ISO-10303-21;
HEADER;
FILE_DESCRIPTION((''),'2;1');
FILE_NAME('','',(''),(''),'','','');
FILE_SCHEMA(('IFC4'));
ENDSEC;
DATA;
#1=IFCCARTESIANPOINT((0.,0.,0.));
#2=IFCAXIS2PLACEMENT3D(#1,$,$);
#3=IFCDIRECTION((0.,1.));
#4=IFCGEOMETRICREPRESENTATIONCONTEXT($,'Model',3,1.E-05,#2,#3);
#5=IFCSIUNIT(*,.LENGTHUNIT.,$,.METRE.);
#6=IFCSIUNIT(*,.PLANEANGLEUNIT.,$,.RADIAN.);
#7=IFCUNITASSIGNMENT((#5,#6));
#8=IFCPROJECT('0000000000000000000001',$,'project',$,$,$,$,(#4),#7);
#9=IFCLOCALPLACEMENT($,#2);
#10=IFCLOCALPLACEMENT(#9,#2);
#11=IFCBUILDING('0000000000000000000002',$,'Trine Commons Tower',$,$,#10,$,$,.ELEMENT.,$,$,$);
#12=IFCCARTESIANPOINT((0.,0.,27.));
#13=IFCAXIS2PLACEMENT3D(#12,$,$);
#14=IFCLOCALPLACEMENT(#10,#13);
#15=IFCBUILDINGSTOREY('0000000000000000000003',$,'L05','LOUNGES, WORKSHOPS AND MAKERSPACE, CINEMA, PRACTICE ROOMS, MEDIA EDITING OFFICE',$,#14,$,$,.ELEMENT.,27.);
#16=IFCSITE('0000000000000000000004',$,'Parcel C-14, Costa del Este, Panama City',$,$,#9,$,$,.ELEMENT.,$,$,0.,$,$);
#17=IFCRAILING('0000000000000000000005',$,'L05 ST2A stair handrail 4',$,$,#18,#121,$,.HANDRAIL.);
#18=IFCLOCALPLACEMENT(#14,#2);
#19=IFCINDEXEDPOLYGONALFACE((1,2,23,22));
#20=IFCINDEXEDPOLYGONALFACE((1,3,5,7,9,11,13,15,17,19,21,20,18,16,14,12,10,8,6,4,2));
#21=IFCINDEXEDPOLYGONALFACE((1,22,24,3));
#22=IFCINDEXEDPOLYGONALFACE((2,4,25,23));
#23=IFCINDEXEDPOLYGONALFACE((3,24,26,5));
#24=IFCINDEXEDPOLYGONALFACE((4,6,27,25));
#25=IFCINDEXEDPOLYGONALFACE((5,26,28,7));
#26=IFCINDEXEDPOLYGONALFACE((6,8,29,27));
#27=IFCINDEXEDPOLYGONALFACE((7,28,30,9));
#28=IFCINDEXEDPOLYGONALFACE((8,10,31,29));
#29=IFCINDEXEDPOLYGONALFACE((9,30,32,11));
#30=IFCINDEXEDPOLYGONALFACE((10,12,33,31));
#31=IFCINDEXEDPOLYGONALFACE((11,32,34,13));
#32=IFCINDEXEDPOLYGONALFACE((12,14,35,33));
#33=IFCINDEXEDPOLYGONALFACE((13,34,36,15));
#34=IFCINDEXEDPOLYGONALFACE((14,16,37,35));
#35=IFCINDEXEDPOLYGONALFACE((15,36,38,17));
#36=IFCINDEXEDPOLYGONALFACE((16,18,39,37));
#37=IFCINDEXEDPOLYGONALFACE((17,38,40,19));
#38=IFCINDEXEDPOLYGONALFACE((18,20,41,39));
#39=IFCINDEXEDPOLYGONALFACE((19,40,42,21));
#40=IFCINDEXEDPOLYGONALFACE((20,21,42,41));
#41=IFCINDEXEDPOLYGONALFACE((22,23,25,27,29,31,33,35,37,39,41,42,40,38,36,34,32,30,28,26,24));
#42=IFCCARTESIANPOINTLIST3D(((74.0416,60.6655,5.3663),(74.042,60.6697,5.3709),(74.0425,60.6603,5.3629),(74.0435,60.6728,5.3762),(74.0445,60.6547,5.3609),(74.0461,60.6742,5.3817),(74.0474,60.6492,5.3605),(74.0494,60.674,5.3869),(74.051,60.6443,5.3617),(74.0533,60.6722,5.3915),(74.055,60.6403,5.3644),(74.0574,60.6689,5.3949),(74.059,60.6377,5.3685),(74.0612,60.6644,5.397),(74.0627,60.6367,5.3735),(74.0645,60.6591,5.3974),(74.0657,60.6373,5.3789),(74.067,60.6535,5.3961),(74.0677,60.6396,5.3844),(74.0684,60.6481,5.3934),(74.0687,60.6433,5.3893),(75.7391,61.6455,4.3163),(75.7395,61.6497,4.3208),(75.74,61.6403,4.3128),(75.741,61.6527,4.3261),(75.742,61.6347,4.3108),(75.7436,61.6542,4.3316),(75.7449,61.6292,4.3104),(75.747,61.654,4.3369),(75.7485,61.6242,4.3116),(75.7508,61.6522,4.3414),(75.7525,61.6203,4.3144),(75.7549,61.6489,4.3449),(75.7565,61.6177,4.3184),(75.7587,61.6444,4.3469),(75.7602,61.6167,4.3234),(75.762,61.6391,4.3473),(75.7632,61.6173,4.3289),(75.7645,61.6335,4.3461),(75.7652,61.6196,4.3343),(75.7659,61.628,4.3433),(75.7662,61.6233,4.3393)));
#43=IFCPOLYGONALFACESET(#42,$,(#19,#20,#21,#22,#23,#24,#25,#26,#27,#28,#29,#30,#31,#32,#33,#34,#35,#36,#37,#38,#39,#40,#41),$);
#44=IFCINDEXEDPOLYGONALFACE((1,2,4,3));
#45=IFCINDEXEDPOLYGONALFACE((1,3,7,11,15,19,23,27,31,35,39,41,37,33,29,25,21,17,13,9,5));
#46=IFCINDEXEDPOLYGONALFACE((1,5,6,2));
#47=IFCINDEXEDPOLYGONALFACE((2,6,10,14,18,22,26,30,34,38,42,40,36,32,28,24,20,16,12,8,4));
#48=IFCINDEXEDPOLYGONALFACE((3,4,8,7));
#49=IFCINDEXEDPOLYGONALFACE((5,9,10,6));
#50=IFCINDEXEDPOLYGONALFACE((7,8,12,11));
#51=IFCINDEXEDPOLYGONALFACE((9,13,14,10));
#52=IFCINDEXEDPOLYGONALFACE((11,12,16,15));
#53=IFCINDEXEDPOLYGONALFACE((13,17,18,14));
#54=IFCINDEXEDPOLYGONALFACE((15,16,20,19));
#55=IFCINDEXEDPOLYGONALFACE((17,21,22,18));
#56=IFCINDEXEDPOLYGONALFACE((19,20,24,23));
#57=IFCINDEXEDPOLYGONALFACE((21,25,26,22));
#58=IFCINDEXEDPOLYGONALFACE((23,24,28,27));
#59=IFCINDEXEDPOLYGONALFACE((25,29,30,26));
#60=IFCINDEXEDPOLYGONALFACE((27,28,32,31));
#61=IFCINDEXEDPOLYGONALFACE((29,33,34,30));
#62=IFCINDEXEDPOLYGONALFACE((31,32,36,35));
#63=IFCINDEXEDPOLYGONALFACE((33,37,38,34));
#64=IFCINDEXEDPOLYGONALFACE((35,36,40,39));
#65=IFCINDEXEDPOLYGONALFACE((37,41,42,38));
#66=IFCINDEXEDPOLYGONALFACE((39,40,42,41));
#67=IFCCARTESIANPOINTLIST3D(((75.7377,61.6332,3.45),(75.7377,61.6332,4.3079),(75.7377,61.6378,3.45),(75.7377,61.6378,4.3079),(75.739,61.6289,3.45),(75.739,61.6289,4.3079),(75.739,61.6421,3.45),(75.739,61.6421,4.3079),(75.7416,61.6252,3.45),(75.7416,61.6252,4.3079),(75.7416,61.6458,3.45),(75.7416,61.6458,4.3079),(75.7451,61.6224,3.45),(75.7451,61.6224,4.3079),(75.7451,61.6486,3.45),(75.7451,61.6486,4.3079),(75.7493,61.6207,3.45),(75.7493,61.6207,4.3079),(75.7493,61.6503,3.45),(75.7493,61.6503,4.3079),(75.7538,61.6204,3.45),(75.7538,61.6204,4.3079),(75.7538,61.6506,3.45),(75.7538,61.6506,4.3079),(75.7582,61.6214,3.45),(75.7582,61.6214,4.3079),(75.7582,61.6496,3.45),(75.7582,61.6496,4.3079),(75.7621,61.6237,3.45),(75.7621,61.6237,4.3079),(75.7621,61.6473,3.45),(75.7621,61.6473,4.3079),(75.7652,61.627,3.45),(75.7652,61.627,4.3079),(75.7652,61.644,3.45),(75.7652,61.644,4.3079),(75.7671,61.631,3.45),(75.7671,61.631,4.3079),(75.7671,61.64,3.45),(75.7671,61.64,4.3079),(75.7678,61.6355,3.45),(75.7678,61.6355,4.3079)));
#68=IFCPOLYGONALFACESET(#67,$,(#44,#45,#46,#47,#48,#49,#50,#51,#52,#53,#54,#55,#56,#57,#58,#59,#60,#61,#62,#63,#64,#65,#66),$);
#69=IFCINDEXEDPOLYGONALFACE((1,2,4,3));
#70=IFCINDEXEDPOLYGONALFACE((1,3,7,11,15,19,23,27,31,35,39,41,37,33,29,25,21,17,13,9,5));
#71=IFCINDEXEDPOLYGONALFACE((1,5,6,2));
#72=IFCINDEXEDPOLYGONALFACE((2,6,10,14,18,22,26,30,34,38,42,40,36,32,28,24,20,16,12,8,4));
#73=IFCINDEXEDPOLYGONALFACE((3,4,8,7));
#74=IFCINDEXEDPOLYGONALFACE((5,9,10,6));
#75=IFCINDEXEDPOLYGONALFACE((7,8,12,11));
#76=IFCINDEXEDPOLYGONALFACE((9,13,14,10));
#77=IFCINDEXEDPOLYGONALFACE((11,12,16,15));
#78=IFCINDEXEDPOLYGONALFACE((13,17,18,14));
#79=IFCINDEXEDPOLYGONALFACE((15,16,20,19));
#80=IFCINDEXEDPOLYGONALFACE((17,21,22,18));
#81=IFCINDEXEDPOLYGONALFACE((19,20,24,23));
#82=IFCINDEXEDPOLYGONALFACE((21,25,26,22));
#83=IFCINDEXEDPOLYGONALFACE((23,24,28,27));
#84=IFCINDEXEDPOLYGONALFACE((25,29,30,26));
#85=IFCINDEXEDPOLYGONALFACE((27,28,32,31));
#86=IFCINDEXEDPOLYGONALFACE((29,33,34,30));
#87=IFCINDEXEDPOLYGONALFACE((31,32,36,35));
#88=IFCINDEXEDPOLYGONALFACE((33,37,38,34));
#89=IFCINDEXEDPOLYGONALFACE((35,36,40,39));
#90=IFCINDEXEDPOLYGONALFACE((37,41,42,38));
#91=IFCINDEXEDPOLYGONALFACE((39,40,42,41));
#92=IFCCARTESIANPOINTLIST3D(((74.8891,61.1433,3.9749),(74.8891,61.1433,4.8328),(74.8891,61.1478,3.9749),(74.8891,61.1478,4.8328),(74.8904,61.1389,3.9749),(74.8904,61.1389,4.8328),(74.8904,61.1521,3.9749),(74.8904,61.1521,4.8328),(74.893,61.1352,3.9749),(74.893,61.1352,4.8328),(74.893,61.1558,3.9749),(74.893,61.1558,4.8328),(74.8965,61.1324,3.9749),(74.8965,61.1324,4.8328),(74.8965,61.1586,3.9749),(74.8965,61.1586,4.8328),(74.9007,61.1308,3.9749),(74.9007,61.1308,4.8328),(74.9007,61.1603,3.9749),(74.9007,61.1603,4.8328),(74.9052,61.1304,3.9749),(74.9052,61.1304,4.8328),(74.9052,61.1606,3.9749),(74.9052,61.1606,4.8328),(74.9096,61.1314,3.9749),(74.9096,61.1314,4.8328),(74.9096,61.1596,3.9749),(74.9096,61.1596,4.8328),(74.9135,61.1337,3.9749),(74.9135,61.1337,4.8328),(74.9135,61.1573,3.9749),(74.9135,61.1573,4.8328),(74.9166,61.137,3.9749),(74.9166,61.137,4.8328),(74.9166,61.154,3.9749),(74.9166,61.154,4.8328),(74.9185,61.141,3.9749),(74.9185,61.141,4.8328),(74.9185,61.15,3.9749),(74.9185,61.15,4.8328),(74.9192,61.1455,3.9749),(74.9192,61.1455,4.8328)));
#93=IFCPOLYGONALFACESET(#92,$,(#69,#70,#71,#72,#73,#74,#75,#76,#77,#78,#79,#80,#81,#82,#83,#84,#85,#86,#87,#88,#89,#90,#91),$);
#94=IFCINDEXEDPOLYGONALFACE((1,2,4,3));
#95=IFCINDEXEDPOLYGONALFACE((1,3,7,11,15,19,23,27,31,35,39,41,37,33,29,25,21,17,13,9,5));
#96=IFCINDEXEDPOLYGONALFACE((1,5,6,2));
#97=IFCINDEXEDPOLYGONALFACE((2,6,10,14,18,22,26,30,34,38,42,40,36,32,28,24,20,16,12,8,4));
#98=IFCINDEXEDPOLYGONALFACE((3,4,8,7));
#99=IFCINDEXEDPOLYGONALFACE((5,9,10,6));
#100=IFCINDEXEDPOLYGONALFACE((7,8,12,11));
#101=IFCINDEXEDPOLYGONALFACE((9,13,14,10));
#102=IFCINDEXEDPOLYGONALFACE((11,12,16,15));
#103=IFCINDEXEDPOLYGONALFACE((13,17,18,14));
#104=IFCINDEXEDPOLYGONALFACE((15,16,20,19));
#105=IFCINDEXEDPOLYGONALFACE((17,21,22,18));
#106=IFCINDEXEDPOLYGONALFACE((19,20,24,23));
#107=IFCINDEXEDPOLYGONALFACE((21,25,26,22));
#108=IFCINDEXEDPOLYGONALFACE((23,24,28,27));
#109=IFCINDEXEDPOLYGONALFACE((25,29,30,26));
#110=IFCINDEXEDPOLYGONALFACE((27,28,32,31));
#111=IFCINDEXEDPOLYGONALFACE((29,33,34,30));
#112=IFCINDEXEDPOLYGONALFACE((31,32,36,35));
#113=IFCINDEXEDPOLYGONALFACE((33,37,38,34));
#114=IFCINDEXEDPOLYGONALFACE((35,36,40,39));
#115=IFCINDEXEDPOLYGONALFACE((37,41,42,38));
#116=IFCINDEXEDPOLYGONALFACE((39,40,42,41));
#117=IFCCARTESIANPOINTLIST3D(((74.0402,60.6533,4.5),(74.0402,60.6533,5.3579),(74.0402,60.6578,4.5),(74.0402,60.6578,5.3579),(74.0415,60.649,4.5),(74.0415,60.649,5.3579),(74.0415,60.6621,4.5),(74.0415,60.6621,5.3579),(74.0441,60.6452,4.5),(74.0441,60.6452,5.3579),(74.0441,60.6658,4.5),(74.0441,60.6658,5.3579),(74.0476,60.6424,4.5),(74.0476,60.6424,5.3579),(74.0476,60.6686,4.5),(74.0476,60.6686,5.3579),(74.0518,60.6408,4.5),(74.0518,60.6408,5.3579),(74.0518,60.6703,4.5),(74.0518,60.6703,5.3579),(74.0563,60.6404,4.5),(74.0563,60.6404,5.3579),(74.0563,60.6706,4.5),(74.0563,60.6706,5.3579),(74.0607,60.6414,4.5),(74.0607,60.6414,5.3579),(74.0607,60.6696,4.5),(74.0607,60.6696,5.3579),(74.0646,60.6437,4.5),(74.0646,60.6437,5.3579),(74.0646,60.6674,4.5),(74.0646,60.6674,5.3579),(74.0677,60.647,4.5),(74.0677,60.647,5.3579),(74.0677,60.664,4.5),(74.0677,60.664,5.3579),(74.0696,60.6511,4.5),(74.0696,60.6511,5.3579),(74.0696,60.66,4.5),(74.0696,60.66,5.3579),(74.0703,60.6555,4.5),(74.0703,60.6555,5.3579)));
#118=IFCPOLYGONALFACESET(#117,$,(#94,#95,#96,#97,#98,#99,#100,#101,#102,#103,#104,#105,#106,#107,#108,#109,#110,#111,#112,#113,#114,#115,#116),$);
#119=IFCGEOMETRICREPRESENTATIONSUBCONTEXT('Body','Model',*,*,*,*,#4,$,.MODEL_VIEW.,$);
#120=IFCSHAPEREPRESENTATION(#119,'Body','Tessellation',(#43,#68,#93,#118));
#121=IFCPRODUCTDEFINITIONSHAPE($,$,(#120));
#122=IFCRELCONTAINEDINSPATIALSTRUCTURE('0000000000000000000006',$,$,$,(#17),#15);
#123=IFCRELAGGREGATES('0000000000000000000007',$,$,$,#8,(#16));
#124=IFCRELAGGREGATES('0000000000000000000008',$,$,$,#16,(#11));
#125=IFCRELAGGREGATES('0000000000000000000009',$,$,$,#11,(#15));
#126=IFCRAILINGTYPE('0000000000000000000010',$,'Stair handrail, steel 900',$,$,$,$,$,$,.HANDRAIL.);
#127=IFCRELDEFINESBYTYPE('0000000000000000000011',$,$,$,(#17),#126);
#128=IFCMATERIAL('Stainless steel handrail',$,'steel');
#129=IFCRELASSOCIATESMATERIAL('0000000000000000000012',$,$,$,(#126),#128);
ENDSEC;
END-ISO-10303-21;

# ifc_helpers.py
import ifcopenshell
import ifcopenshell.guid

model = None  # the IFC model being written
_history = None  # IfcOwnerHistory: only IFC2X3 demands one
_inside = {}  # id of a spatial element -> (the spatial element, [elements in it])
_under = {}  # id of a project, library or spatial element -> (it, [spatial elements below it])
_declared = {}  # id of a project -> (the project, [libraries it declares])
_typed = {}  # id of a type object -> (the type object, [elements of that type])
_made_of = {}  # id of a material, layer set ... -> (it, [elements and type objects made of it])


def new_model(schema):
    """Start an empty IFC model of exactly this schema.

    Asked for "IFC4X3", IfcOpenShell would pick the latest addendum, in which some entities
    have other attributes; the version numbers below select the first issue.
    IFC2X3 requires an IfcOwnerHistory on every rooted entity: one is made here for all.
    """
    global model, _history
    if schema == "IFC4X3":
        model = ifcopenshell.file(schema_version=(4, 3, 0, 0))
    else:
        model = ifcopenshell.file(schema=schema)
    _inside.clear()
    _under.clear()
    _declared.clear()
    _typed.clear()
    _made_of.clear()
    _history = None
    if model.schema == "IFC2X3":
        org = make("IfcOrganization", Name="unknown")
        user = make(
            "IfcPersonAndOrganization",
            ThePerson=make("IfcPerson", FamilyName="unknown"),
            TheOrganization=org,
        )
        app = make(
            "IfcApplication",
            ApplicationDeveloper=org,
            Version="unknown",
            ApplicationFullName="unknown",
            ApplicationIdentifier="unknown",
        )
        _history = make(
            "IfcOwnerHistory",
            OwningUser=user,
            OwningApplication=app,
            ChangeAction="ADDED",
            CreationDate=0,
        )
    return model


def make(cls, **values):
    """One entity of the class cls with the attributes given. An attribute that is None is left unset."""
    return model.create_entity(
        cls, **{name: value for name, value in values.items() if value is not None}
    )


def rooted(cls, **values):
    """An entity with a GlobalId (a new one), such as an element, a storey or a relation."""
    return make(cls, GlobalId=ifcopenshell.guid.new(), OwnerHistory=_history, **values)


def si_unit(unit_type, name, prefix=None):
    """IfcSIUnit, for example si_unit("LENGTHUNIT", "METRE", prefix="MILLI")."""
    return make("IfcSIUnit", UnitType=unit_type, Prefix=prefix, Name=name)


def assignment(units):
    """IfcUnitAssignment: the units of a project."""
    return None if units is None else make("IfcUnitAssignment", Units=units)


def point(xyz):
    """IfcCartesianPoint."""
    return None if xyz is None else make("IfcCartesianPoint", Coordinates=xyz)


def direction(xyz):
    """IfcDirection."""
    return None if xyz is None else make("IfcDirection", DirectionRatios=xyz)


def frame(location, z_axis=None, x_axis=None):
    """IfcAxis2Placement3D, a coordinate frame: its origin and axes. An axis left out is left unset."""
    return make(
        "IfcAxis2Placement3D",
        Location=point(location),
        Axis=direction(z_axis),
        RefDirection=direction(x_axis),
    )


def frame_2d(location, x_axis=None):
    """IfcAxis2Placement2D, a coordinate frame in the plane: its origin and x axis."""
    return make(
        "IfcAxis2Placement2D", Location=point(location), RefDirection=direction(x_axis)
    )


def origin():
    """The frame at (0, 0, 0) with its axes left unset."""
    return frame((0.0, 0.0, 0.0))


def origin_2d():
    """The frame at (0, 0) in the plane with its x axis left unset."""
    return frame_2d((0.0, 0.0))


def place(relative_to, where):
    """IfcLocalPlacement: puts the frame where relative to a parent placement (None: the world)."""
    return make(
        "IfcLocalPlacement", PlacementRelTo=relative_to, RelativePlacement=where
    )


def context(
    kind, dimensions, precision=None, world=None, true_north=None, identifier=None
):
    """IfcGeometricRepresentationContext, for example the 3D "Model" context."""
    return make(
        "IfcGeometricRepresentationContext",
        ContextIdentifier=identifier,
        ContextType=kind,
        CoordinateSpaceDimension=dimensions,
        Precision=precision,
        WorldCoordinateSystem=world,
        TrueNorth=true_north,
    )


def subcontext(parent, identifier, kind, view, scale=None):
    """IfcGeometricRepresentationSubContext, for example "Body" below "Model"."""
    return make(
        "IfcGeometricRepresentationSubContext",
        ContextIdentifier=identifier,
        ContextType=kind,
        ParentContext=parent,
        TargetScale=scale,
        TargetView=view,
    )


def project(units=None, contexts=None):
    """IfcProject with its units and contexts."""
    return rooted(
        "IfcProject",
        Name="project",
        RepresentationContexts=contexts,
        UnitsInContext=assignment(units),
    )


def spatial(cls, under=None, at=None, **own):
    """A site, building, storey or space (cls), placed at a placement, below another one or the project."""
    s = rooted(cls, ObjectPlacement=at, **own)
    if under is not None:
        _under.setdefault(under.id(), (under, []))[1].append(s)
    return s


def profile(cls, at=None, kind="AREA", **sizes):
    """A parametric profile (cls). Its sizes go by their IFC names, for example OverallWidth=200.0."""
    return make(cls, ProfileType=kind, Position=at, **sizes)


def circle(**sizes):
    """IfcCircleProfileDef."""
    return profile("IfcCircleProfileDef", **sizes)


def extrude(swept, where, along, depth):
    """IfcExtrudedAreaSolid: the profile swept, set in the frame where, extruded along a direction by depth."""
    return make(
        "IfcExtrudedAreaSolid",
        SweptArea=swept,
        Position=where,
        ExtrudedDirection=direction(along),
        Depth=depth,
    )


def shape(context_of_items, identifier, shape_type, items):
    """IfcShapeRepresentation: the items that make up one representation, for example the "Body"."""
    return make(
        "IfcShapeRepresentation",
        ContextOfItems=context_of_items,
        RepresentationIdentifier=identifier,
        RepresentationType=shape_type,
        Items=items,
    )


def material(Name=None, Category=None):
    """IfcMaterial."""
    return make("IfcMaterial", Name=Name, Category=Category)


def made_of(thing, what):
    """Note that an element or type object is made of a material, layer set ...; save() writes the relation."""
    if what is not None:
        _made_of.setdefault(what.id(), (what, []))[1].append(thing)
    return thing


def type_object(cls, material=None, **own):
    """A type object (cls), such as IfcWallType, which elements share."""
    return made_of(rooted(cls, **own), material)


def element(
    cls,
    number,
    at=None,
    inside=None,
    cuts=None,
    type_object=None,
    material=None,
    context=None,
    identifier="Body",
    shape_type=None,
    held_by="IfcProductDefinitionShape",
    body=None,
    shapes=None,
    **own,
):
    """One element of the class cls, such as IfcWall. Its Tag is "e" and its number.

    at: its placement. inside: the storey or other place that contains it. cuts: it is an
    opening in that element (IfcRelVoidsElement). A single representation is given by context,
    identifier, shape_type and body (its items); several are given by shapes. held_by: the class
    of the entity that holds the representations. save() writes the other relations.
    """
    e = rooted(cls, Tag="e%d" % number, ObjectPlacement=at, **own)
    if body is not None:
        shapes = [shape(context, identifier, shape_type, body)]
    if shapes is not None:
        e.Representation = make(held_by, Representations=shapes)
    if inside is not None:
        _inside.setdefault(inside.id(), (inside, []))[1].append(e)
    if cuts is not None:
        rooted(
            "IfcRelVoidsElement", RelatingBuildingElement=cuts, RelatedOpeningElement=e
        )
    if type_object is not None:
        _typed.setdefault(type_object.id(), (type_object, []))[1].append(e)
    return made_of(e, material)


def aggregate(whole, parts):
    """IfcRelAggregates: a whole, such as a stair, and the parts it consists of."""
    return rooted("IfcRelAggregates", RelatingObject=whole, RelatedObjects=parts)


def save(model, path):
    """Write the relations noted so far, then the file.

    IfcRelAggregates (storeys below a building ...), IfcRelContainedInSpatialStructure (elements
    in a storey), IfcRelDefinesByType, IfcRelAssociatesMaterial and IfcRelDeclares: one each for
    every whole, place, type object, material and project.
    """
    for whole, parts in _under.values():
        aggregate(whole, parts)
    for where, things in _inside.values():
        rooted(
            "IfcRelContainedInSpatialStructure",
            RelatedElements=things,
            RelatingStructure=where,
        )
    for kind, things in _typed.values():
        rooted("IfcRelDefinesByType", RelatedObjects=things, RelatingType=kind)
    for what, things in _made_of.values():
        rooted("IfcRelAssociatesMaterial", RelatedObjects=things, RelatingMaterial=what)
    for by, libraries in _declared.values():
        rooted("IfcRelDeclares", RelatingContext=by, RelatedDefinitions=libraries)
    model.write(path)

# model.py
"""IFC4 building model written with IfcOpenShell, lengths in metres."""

from ifc_helpers import new_model, si_unit, direction, frame, origin, origin_2d, place, context, subcontext, project, spatial, circle, extrude, material, type_object, element, save


model = new_model("IFC4")

# Units and contexts
model_context = context("Model", 3, precision=1e-05, world=origin(), true_north=direction((0.0, 1.0)))
body_context = subcontext(model_context, "Body", "Model", "MODEL_VIEW")
ifc_project = project(units=[si_unit("LENGTHUNIT", "METRE"), si_unit("PLANEANGLEUNIT", "RADIAN")], contexts=[model_context])

# Site, building, storey
site_placement = place(None, origin())
site = spatial("IfcSite", under=ifc_project, at=site_placement, Name="Parcel C-14, Costa del Este, Panama City", CompositionType="ELEMENT", RefElevation=0.0)
building_placement = place(site_placement, origin())
building = spatial("IfcBuilding", under=site, at=building_placement, Name="Trine Commons Tower", CompositionType="ELEMENT")
storey_placement = place(building_placement, frame((0.0, 0.0, 27.0)))
storey = spatial("IfcBuildingStorey", under=building, at=storey_placement, Name="L05", Description="LOUNGES, WORKSHOPS AND MAKERSPACE, CINEMA, PRACTICE ROOMS, MEDIA EDITING OFFICE", CompositionType="ELEMENT", Elevation=27.0)

# Railing
ifc_material_1 = material(Name="Stainless steel handrail", Category="steel")
railing_type_1 = type_object("IfcRailingType", Name="Stair handrail, steel 900", PredefinedType="HANDRAIL", material=ifc_material_1)
railing_1_placement = place(storey_placement, frame((75.7527, 61.6355, 3.45)))
element("IfcRailing", 1, at=railing_1_placement, inside=storey, type_object=railing_type_1, Name="L05 ST2A stair handrail 4", PredefinedType="HANDRAIL", context=body_context, shape_type="SweptSolid", body=[
    extrude(circle(Radius=0.021, at=origin_2d()), frame((0.0, 0.0, 0.8789), z_axis=(-0.763398, -0.440713, 0.472224), x_axis=(0.49997, -0.866042, 0.0)), (0.0, 0.0, 1.0), 2.2236),
    extrude(circle(Radius=0.0151, at=origin_2d()), origin(), (0.0, 0.0, 1.0), 0.8579),
    extrude(circle(Radius=0.0151, at=origin_2d()), frame((-0.8486, -0.49, 0.5249)), (0.0, 0.0, 1.0), 0.8579),
    extrude(circle(Radius=0.0151, at=origin_2d()), frame((-1.6975, -0.98, 1.05)), (0.0, 0.0, 1.0), 0.8579),
])

save(model, "model.ifc")
